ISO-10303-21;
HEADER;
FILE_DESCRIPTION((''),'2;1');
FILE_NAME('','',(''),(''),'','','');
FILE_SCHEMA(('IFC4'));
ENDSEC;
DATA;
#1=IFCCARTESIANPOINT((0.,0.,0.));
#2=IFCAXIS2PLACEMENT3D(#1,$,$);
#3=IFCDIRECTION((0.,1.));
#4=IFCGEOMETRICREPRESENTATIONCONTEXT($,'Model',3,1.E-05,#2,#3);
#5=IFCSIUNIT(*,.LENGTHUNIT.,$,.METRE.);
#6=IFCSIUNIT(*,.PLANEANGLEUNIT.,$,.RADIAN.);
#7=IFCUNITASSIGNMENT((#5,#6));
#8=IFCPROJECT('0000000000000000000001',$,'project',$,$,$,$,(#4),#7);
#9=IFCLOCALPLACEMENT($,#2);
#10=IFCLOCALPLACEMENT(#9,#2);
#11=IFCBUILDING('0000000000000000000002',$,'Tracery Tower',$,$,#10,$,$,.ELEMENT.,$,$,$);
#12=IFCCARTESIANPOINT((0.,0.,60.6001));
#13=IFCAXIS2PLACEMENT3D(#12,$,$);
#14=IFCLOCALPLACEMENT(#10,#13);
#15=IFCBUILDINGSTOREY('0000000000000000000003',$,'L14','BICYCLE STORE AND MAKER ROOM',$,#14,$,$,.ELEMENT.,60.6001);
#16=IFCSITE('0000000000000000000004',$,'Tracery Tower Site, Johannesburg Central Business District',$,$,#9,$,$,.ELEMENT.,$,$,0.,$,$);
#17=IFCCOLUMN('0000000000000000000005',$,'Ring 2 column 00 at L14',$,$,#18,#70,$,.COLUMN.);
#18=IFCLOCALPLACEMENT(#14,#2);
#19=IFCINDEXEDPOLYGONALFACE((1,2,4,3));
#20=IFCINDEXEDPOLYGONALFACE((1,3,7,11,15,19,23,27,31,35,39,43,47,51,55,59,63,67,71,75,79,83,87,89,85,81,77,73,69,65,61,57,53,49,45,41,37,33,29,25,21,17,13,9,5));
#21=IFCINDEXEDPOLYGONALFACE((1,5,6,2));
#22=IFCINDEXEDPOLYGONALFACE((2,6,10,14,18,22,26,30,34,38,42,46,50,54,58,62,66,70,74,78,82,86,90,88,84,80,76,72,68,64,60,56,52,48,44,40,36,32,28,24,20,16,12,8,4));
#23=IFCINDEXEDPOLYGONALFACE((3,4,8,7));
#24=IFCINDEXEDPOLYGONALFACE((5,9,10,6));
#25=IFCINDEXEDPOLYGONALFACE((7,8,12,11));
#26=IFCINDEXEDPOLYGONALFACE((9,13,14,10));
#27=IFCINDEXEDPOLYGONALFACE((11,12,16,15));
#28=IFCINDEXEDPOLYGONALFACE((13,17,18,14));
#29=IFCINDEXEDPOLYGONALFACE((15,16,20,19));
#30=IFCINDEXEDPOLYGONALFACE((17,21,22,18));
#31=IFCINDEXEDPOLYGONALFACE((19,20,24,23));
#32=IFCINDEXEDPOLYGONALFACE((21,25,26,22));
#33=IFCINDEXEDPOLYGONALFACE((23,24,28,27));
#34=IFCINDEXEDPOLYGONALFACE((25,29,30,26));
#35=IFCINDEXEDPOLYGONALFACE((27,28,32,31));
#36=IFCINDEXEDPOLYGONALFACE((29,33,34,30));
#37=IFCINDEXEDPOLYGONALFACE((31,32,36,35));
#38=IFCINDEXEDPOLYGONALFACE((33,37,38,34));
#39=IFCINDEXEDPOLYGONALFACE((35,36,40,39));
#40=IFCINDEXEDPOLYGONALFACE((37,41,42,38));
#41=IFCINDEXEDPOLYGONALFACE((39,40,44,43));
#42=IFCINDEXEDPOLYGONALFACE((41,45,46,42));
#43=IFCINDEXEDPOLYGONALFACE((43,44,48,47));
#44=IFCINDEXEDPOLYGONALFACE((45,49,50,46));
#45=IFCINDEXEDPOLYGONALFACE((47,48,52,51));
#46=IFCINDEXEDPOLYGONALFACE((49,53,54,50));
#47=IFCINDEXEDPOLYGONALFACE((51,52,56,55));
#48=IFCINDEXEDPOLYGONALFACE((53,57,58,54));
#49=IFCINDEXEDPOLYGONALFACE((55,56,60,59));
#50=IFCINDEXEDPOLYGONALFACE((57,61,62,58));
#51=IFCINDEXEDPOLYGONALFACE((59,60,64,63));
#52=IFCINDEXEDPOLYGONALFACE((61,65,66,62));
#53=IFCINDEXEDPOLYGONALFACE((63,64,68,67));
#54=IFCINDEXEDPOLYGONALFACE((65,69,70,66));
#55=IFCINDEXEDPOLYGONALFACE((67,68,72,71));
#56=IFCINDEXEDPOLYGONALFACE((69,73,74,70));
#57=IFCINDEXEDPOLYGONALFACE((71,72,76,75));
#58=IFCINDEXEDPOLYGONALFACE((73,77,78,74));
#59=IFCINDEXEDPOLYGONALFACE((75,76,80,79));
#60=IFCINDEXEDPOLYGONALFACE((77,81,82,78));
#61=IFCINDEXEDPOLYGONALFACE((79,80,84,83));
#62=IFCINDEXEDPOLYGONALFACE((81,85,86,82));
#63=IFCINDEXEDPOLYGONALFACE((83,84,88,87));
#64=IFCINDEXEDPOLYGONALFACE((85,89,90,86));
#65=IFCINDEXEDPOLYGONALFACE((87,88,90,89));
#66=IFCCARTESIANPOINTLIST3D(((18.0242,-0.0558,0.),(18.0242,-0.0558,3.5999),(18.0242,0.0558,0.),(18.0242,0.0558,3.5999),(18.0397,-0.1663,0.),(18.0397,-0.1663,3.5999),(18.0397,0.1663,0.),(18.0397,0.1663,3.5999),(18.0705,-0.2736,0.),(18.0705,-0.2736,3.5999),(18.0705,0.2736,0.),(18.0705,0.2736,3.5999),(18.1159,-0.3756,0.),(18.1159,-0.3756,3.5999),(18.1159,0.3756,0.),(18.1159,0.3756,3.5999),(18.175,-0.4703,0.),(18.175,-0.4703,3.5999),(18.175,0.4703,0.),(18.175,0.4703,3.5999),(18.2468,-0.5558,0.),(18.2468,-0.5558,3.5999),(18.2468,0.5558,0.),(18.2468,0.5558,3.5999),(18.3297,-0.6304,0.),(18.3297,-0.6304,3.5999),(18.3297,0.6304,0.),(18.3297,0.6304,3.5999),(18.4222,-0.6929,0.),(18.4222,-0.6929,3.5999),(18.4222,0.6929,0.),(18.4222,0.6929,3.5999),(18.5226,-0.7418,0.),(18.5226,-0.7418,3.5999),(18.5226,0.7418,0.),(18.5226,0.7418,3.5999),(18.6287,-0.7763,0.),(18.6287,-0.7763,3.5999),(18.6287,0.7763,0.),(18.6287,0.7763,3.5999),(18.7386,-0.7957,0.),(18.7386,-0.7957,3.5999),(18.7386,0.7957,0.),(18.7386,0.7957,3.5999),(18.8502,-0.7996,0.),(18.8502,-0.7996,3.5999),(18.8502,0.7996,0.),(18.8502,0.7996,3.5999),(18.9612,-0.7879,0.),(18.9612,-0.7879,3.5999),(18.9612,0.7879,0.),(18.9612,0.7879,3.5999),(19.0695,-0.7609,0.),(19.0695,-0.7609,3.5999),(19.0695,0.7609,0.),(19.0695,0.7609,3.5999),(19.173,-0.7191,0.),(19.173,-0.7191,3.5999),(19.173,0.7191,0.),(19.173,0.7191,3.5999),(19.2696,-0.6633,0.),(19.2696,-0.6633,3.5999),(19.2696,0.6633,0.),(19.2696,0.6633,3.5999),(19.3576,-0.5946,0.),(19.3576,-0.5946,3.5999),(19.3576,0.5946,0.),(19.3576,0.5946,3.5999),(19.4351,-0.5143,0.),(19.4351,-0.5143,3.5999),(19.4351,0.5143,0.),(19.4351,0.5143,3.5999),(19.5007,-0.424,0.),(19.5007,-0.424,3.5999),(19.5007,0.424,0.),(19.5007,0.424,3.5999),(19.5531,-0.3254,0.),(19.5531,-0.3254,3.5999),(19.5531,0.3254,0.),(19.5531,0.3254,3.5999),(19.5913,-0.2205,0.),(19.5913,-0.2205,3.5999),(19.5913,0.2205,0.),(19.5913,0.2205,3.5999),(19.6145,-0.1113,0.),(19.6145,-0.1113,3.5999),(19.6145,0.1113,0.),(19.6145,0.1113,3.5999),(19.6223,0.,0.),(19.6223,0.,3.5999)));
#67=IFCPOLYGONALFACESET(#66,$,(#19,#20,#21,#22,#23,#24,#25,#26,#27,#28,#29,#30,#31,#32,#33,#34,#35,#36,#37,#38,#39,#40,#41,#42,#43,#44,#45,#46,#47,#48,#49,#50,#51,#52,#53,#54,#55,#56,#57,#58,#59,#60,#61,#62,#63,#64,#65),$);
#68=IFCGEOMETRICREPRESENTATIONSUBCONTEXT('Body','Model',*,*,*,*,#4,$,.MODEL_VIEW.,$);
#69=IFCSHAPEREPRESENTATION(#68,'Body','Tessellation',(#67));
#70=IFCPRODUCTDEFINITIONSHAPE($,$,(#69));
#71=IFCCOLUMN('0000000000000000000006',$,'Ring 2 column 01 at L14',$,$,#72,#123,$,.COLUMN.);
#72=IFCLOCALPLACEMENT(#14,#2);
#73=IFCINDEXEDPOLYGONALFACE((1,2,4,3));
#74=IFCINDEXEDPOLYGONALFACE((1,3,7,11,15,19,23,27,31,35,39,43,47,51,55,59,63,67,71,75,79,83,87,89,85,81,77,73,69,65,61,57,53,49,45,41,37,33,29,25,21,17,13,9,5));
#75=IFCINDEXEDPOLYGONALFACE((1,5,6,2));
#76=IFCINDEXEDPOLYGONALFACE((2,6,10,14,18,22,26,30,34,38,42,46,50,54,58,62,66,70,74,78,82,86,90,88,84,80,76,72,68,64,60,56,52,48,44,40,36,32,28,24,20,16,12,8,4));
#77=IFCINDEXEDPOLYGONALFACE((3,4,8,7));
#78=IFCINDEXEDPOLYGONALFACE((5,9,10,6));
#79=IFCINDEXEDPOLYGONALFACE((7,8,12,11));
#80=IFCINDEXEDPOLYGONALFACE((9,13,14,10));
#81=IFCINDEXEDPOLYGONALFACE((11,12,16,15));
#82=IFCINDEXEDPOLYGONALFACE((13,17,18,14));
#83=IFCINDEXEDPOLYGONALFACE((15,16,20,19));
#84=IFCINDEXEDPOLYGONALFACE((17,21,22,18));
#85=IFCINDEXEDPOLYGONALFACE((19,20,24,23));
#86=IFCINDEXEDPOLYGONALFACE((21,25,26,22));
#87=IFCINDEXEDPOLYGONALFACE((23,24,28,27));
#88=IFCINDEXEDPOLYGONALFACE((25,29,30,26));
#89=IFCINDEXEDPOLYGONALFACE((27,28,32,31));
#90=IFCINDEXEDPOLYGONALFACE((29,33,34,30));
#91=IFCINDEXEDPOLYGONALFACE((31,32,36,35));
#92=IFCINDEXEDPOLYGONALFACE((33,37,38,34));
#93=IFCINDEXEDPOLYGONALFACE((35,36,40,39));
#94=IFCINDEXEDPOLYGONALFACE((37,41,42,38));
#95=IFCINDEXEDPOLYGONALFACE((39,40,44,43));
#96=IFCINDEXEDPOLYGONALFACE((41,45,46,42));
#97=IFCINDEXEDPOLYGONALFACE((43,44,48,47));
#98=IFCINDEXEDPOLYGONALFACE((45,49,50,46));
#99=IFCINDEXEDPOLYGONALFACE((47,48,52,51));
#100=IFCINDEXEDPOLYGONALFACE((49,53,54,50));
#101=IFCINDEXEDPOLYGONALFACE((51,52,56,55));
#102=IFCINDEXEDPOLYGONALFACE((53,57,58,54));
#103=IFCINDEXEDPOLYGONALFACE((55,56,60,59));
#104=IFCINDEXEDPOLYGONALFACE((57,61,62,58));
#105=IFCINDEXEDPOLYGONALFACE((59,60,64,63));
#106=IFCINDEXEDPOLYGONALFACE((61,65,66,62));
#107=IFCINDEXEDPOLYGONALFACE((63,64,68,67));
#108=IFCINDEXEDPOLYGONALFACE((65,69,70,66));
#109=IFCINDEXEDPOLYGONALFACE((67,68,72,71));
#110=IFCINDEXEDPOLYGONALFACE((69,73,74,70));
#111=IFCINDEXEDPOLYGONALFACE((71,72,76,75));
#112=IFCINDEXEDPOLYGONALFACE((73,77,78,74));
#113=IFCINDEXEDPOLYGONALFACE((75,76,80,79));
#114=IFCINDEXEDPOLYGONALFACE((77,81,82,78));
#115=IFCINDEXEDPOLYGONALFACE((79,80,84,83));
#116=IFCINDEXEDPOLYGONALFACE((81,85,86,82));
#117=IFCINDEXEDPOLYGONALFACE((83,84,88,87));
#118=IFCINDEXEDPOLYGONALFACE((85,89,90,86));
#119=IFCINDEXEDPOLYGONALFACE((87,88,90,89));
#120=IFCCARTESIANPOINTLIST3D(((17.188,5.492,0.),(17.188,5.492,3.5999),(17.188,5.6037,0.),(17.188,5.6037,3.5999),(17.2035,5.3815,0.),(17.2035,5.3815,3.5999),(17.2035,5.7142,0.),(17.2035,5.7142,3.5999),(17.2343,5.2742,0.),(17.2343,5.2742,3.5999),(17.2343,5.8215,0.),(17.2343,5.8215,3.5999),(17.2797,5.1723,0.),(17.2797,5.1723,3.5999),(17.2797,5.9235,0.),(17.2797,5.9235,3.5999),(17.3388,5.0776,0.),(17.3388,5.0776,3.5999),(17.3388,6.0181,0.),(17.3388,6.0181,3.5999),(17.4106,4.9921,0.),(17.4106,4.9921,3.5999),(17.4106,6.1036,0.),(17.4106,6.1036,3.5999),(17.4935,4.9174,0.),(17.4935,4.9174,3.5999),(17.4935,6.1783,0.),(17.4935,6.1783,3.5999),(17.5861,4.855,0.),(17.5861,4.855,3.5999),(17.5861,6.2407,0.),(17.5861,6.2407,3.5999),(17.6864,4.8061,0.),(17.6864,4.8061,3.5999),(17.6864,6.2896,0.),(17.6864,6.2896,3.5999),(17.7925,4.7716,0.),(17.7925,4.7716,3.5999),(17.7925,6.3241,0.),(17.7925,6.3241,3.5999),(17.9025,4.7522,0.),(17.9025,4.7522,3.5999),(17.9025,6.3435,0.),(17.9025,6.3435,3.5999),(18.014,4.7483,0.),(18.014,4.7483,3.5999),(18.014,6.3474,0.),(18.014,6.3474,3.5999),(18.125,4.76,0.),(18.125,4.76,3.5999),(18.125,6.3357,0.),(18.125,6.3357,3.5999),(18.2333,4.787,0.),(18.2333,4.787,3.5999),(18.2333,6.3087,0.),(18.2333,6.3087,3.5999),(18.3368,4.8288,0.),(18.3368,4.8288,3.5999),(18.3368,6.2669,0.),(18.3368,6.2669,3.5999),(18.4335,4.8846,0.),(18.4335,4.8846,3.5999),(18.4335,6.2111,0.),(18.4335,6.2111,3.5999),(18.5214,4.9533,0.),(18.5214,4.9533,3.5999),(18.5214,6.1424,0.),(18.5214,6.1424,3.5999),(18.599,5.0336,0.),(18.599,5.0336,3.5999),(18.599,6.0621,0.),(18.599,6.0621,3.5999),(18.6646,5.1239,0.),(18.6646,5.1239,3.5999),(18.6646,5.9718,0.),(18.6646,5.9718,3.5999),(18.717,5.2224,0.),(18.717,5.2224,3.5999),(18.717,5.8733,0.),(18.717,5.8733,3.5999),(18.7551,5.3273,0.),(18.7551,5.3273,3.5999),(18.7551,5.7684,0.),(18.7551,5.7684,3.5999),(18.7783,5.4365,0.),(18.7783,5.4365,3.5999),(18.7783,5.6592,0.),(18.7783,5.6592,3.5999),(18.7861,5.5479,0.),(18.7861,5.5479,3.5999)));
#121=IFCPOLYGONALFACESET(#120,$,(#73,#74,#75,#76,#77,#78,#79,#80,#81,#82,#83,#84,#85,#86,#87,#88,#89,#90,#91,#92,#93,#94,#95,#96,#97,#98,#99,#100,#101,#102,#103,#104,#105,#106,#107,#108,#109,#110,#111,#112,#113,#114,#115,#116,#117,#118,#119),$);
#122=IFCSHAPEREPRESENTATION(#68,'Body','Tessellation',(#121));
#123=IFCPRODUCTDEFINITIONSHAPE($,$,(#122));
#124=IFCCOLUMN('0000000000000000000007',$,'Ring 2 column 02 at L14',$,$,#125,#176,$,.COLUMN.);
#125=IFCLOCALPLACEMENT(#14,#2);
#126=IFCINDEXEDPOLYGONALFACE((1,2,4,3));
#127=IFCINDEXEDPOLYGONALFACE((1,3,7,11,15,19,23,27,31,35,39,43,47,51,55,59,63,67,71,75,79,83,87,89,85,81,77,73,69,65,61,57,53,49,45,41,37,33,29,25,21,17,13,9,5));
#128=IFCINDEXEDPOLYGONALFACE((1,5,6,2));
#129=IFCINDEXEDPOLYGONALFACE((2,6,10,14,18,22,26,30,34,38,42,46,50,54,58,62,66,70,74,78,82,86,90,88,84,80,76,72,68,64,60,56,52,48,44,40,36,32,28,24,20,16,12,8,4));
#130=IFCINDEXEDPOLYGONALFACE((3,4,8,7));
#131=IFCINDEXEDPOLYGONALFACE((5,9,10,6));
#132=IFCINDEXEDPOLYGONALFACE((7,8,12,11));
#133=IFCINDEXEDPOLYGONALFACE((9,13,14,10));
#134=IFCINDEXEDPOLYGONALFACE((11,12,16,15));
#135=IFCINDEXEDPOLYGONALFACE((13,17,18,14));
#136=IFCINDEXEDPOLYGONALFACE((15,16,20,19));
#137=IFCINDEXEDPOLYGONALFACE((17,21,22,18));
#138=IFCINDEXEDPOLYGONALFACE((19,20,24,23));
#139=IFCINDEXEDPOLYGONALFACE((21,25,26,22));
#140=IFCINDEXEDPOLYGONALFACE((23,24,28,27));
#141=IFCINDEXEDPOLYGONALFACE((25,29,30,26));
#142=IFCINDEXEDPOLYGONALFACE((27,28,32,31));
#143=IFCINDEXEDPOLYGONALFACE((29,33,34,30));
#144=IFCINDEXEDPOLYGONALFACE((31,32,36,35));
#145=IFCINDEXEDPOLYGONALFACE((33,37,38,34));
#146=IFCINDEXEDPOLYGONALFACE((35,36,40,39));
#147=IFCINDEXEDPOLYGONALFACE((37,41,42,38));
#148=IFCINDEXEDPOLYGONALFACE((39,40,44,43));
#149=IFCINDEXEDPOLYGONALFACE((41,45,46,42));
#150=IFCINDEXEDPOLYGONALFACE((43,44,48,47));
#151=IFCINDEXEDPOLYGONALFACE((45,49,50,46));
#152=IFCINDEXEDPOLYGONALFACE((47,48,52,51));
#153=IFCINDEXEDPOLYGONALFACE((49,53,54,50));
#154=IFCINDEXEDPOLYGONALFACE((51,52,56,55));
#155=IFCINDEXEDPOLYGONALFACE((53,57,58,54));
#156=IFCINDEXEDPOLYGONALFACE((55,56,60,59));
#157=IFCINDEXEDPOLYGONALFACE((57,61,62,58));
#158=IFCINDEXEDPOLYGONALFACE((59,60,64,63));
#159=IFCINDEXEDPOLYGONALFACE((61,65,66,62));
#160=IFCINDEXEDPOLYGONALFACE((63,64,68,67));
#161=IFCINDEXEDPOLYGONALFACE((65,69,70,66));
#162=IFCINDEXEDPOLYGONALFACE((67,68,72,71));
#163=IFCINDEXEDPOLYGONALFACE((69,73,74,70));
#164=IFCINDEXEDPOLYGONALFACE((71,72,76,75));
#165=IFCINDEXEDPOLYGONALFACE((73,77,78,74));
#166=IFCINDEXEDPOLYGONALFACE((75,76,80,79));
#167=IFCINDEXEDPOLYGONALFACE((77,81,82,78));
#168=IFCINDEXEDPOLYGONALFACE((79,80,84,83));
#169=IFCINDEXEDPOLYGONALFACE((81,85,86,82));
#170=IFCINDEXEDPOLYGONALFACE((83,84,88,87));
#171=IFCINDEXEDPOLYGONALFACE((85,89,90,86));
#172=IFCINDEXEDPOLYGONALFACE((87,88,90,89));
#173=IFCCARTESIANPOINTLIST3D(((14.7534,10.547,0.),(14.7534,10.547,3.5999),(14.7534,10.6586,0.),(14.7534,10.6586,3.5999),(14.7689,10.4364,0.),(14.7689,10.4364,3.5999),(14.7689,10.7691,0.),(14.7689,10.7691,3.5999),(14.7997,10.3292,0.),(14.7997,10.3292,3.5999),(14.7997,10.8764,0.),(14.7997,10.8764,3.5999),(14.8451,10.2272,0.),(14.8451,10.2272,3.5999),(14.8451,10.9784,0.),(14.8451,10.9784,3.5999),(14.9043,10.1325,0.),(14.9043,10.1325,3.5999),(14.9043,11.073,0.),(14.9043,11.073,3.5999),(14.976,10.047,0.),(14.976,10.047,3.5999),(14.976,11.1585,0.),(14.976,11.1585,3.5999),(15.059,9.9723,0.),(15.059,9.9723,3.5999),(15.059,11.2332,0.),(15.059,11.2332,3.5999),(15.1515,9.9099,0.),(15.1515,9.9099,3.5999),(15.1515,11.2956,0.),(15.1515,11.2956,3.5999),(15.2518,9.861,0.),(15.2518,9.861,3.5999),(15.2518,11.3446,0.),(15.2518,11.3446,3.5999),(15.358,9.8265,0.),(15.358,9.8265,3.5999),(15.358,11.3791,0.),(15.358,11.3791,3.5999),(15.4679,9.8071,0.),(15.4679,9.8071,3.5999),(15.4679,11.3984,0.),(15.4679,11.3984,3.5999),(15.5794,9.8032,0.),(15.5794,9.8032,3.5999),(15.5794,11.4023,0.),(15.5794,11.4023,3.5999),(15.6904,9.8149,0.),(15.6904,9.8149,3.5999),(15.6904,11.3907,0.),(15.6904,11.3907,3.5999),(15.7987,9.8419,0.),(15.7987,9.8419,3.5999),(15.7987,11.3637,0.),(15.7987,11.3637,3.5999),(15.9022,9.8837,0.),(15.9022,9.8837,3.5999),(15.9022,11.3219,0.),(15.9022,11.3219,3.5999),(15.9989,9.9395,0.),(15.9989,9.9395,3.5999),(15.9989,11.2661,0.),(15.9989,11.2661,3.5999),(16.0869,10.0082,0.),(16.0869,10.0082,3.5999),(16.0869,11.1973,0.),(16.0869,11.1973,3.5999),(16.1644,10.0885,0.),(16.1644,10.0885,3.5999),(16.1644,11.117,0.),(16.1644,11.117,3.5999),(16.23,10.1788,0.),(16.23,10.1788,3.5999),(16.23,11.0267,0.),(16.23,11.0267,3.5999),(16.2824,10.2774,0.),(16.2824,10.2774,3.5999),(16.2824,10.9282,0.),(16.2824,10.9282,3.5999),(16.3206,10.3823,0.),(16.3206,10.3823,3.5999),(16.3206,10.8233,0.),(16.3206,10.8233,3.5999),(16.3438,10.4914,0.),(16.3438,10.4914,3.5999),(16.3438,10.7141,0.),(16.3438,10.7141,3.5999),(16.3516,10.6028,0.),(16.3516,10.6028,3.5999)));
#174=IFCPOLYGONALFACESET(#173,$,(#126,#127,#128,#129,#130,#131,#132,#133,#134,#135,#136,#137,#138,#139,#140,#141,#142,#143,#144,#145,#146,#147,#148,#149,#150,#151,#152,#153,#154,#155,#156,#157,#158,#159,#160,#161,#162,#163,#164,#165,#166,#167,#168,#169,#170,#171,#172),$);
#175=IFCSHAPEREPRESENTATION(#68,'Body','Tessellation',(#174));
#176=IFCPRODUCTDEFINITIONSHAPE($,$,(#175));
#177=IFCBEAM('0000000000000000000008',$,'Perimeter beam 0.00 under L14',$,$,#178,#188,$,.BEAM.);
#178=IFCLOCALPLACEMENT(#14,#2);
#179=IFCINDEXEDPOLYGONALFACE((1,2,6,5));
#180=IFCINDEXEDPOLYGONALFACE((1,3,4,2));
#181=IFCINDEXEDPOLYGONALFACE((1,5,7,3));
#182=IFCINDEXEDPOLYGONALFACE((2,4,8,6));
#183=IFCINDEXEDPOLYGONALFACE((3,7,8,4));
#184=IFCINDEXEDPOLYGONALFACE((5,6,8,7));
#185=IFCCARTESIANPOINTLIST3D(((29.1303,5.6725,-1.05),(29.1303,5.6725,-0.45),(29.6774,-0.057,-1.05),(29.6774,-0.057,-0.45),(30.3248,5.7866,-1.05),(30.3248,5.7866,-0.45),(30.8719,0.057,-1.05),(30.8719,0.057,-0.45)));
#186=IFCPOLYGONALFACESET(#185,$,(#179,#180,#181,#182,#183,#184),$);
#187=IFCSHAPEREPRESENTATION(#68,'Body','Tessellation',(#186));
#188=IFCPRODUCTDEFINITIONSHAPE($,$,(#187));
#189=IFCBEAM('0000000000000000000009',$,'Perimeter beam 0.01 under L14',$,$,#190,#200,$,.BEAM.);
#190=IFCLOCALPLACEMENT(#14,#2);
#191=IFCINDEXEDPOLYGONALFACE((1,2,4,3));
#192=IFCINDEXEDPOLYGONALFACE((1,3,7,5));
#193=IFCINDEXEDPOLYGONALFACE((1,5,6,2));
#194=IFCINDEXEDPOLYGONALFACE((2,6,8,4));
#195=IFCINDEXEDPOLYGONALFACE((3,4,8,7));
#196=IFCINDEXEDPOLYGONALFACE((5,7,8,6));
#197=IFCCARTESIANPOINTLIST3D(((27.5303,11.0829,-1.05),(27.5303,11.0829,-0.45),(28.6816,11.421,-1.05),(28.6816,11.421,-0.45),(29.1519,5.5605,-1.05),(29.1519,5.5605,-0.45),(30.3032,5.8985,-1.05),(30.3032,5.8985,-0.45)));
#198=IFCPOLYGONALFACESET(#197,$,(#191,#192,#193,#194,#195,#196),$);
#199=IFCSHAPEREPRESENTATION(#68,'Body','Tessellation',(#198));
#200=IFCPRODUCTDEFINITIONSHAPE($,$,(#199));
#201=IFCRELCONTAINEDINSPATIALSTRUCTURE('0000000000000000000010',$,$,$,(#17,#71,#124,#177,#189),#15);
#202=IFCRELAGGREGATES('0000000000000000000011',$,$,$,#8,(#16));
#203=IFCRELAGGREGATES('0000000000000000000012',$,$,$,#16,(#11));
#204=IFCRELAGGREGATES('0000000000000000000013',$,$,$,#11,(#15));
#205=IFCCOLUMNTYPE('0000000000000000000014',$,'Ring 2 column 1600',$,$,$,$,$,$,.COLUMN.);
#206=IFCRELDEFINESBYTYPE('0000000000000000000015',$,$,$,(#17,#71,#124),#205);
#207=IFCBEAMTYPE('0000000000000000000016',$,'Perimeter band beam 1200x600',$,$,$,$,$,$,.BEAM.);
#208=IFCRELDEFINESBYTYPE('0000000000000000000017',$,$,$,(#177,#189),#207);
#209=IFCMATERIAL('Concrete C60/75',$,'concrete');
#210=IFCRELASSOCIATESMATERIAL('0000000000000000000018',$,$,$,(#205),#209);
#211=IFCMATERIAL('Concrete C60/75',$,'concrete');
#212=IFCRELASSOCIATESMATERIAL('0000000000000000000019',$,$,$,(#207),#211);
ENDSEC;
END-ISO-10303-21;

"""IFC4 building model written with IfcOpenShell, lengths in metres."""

from ifc_helpers import new_model, si_unit, direction, frame, origin, origin_2d, place, context, subcontext, project, spatial, rectangle, circle, extrude, material, material_profile, profile_set, type_object, element, save


model = new_model("IFC4")

# Units and contexts
model_context = context("Model", 3, precision=1e-05, world=origin(), true_north=direction((0.0, 1.0)))
body_context = subcontext(model_context, "Body", "Model", "MODEL_VIEW")
ifc_project = project(units=[si_unit("LENGTHUNIT", "METRE"), si_unit("PLANEANGLEUNIT", "RADIAN")], contexts=[model_context])

# Site, building, storey
site_placement = place(None, origin())
site = spatial("IfcSite", under=ifc_project, at=site_placement, Name="Tracery Tower Site, Johannesburg Central Business District", CompositionType="ELEMENT", RefElevation=0.0)
building_placement = place(site_placement, origin())
building = spatial("IfcBuilding", under=site, at=building_placement, Name="Tracery Tower", CompositionType="ELEMENT")
storey_placement = place(building_placement, frame((0.0, 0.0, 60.6001)))
storey = spatial("IfcBuildingStorey", under=building, at=storey_placement, Name="L14", Description="BICYCLE STORE AND MAKER ROOM", CompositionType="ELEMENT", Elevation=60.6001)

# Columns
ifc_material_1 = material(Name="Concrete C60/75", Category="concrete")
ifc_material_profile_1 = material_profile(ifc_material_1, circle(Radius=0.8, at=origin_2d()), Name="RC D1600")
ifc_profile_set_1 = profile_set([ifc_material_profile_1], Name="Concrete C60/75")
column_type_1 = type_object("IfcColumnType", Name="Ring 2 column 1600", PredefinedType="COLUMN", material=ifc_profile_set_1)
for number, where, z_axis, x_axis, name in (
    (1, (18.8223, 0.0, 0.0), (0.0, 0.0, 1.0), (1.0, 0.0, 0.0), "Ring 2 column 00 at L14"),
    (2, (17.9861, 5.5479, 0.0), (0.0, 0.0, 1.0), (1.0, 0.0, 0.0), "Ring 2 column 01 at L14"),
    (3, (15.5515, 10.6028, 0.0), (0.0, 0.0, 1.0), (1.0, 0.0, 0.0), "Ring 2 column 02 at L14"),
):
    element("IfcColumn", number, at=place(storey_placement, frame(where, z_axis=z_axis, x_axis=x_axis)), inside=storey, type_object=column_type_1, Name=name, PredefinedType="COLUMN", context=body_context, shape_type="SweptSolid", body=[
        extrude(circle(Radius=0.8, at=origin_2d()), origin(), (0.0, 0.0, 1.0), 3.5999),
    ])

# Beams
ifc_material_2 = material(Name="Concrete C60/75", Category="concrete")
ifc_material_profile_2 = material_profile(ifc_material_2, rectangle(XDim=1.2, YDim=0.6001, at=origin_2d()), Name="RC 1200x600")
ifc_profile_set_2 = profile_set([ifc_material_profile_2], Name="Concrete C60/75")
beam_type = type_object("IfcBeamType", Name="Perimeter band beam 1200x600", PredefinedType="BEAM", material=ifc_profile_set_2)
for number, where, z_axis, x_axis, name in (
    (4, (30.2747, 0.0, -0.75), (-0.095059, 0.995472, 0.0), (-0.995472, -0.095059, 0.0), "Perimeter beam 0.00 under L14"),
    (5, (29.7275, 5.7295, -0.75), (-0.281739, 0.959491, 0.0), (-0.959491, -0.281739, 0.0), "Perimeter beam 0.01 under L14"),
):
    element("IfcBeam", number, at=place(storey_placement, frame(where, z_axis=z_axis, x_axis=x_axis)), inside=storey, type_object=beam_type, Name=name, PredefinedType="BEAM", context=body_context, shape_type="SweptSolid", body=[
        extrude(rectangle(XDim=1.2, YDim=0.6001, at=origin_2d()), origin(), (0.0, 0.0, 1.0), 5.7556),
    ])

save(model, "model.ifc")
